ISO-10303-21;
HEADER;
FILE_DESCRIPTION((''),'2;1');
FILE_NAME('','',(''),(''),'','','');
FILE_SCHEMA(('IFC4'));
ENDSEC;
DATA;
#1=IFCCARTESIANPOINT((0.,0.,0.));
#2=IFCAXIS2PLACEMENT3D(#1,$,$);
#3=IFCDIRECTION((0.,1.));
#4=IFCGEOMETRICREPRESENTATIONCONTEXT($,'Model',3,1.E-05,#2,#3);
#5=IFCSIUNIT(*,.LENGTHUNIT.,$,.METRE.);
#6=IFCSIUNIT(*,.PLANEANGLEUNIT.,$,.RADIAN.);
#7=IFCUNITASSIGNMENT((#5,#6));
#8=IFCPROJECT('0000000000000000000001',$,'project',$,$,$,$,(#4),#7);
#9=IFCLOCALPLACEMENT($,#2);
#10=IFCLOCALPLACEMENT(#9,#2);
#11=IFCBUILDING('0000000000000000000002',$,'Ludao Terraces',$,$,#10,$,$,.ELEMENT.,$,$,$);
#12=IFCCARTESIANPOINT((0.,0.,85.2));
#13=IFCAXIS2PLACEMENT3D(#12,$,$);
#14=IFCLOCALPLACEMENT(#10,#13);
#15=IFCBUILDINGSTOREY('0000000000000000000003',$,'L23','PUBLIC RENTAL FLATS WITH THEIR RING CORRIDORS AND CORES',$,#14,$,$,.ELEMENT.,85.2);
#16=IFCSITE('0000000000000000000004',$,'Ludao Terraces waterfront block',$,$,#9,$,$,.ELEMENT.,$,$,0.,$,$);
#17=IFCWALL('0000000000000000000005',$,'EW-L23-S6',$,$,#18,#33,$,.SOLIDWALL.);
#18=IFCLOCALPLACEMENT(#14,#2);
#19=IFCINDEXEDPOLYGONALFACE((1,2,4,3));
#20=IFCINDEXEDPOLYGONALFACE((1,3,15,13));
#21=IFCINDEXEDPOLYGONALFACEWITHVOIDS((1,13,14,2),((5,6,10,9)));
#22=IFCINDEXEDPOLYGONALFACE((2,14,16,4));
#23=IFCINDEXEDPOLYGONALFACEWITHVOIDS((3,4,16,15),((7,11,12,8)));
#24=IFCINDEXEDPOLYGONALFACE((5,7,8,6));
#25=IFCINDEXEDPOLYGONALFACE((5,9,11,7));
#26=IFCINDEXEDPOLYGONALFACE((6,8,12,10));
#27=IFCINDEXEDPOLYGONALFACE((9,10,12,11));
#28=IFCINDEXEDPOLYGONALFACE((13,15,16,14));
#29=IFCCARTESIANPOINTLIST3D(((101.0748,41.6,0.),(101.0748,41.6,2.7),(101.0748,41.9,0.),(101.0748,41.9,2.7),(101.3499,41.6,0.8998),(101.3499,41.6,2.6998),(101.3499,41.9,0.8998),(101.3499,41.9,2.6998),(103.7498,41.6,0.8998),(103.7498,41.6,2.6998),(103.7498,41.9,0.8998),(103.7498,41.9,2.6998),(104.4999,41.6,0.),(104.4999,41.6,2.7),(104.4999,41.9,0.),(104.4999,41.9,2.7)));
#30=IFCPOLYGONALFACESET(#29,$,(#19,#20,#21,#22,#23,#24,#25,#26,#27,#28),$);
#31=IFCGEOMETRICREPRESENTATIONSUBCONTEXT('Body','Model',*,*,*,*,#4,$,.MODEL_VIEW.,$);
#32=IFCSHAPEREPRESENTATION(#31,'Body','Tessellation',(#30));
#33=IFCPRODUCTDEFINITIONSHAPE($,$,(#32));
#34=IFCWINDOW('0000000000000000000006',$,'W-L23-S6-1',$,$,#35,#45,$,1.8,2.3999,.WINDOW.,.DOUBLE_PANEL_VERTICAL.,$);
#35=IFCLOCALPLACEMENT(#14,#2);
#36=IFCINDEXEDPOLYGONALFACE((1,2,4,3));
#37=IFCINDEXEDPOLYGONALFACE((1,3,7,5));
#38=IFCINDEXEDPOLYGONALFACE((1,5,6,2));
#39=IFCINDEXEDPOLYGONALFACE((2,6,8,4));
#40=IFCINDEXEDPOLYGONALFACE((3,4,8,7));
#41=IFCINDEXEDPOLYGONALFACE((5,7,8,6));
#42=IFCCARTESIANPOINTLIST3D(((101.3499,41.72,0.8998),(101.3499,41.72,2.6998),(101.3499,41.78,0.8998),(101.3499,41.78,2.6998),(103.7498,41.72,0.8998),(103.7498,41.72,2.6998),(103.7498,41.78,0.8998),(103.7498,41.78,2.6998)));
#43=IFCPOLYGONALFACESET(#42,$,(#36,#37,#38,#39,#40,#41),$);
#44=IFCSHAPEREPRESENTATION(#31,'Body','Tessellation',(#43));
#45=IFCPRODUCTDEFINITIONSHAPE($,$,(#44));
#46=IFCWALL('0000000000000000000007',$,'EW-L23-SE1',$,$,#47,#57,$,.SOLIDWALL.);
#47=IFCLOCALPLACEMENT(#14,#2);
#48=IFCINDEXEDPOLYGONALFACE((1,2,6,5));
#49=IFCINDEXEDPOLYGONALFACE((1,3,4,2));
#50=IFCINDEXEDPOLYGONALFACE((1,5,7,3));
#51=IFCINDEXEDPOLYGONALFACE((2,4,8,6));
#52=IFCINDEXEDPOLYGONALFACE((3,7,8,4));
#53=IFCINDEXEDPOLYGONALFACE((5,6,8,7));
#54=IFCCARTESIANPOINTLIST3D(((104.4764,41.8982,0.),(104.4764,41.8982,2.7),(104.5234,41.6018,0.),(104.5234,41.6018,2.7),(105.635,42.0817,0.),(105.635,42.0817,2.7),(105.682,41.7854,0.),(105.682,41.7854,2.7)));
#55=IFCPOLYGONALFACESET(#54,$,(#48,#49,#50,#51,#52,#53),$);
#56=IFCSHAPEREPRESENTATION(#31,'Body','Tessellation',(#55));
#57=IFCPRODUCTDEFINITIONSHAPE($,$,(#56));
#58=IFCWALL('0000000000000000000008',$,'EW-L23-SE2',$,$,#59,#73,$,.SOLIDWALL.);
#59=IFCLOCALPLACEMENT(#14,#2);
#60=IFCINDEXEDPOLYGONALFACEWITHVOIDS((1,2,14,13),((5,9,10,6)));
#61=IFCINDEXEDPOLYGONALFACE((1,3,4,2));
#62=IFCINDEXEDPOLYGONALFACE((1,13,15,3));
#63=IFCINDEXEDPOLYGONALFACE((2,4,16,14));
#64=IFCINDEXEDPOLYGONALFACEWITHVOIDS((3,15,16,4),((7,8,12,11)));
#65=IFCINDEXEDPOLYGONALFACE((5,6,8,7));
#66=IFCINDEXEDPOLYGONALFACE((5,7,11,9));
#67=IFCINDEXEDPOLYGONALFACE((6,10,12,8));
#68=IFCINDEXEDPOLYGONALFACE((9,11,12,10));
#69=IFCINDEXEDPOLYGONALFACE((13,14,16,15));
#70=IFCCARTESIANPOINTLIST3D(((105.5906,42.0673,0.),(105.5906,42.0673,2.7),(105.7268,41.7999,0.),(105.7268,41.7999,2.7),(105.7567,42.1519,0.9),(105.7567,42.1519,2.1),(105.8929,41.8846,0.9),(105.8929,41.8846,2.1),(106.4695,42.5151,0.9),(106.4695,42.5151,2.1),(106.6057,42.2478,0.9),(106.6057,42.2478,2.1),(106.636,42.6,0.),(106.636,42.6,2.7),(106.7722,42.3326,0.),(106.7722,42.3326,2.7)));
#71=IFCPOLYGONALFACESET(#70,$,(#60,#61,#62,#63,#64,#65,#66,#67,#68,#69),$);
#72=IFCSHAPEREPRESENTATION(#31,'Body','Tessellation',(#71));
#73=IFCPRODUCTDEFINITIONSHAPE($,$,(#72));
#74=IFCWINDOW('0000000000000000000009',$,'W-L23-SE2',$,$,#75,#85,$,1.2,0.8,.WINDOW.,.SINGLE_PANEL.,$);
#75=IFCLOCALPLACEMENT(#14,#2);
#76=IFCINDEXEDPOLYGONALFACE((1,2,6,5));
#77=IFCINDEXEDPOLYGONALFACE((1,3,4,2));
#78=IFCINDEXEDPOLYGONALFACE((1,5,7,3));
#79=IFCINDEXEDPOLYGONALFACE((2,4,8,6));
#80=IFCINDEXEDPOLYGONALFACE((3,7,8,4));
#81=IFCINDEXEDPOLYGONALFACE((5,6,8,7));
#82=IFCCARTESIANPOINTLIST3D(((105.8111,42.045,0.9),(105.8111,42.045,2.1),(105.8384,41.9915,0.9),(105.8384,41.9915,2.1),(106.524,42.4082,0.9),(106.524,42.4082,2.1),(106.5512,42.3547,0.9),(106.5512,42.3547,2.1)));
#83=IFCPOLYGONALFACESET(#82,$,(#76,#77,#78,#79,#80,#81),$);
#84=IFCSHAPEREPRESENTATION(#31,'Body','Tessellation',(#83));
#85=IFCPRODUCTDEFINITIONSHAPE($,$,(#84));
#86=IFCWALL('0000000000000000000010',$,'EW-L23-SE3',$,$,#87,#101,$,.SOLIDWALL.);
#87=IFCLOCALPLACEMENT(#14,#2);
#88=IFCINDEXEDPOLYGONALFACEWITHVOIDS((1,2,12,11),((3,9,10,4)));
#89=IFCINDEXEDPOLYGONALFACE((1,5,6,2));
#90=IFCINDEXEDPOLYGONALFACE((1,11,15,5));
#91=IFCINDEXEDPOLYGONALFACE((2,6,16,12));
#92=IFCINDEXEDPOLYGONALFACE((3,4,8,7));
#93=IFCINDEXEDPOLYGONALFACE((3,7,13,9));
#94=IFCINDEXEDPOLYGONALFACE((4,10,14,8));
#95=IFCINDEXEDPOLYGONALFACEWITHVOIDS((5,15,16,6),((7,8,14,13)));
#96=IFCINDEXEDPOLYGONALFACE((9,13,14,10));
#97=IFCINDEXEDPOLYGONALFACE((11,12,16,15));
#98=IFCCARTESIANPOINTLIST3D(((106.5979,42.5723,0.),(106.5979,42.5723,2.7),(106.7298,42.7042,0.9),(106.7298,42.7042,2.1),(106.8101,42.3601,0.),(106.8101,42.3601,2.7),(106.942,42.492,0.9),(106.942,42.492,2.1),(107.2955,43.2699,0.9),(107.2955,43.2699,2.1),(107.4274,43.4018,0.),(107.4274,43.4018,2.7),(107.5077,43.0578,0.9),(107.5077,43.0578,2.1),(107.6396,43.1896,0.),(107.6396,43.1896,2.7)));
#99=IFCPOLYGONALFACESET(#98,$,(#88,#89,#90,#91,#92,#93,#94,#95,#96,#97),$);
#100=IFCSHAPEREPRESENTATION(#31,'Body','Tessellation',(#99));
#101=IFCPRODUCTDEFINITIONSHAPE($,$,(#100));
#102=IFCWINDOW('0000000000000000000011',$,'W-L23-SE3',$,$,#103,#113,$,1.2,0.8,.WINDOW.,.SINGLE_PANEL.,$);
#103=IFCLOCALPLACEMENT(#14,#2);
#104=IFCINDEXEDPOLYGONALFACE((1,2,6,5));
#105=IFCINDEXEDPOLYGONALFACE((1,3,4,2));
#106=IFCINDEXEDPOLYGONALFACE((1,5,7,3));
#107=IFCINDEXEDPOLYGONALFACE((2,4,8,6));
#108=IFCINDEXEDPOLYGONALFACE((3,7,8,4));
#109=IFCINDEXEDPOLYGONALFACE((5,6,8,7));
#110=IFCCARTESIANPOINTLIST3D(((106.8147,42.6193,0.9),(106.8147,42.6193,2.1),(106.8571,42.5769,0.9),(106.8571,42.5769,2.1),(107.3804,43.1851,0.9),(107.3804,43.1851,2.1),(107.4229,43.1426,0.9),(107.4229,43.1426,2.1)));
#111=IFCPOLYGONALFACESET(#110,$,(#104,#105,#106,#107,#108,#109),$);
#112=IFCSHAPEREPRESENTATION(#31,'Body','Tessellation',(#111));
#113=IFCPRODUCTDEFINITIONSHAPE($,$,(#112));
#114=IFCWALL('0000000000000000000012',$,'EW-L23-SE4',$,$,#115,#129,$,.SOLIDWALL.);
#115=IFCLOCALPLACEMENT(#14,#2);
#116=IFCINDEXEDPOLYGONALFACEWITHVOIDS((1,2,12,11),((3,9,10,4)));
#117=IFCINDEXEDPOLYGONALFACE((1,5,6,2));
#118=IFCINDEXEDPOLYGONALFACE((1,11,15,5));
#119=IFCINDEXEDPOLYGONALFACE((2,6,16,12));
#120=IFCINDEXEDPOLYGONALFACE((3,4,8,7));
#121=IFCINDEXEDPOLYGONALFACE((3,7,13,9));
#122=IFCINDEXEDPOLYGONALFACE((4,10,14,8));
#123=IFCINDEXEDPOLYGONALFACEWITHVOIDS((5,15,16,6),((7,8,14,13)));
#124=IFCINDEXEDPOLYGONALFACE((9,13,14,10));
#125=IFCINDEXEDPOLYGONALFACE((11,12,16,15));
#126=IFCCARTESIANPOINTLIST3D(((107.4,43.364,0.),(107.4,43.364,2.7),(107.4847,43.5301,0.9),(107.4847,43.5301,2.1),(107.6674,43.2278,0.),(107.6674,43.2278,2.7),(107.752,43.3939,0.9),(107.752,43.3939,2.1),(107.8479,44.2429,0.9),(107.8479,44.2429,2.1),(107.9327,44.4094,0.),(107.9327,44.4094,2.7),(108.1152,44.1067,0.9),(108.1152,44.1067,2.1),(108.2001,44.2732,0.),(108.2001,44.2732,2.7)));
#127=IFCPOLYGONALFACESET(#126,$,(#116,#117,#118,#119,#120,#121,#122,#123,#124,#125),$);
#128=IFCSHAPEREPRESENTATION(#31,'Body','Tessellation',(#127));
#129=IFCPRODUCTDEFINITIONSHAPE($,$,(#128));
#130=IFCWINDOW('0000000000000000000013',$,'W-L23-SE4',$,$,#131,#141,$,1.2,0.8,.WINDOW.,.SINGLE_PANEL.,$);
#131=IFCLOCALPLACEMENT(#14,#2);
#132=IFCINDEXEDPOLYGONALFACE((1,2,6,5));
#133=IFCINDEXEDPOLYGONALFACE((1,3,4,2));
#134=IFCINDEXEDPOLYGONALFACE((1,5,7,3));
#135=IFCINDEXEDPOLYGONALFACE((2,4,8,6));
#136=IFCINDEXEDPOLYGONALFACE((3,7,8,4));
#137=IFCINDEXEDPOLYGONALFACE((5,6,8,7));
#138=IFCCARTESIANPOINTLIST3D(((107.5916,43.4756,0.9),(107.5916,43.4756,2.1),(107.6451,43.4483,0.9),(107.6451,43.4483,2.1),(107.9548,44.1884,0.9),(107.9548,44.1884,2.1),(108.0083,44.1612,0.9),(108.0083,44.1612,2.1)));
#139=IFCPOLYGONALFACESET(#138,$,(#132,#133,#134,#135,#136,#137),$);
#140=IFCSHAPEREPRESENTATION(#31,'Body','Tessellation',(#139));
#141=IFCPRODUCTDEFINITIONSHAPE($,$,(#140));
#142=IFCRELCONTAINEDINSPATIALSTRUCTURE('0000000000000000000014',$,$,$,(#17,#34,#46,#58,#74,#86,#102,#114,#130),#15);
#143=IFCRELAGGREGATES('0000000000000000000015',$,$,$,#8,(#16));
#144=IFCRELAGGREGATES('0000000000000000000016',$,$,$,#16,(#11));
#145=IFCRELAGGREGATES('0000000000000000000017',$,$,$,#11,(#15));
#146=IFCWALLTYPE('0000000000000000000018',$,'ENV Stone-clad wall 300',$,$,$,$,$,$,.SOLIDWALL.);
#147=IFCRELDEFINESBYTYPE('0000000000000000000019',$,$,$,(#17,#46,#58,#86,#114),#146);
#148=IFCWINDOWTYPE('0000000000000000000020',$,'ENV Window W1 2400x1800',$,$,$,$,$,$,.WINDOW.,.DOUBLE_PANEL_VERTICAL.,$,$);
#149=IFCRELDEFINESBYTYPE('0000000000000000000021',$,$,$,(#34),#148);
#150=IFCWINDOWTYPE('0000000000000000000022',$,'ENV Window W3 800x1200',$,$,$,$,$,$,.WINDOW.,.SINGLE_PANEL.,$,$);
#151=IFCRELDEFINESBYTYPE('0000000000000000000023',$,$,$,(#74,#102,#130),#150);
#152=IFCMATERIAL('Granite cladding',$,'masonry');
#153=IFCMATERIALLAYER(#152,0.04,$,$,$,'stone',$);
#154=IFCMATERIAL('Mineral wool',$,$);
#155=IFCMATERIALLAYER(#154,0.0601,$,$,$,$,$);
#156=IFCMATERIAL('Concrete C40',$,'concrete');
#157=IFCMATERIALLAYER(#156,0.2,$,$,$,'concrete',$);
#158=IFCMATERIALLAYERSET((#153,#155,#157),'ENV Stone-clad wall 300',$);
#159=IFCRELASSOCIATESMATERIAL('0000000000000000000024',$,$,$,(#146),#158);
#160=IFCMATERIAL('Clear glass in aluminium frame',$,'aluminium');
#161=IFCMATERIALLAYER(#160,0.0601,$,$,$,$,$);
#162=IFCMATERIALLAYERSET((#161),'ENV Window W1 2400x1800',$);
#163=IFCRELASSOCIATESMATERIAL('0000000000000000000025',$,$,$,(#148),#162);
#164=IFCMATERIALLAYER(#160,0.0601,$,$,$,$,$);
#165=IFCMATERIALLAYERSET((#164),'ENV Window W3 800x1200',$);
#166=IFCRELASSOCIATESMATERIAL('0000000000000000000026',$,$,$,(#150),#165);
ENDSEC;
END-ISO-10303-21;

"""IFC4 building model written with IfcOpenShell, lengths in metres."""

from ifc_helpers import new_model, si_unit, direction, frame, frame_2d, origin, place, context, subcontext, project, spatial, rectangle, extrude, material, layer, layer_set, type_object, element, fill, save


model = new_model("IFC4")

# Units and contexts
model_context = context("Model", 3, precision=1e-05, world=origin(), true_north=direction((0.0, 1.0)))
body_context = subcontext(model_context, "Body", "Model", "MODEL_VIEW")
ifc_project = project(units=[si_unit("LENGTHUNIT", "METRE"), si_unit("PLANEANGLEUNIT", "RADIAN")], contexts=[model_context])

# Site, building, storey
site_placement = place(None, origin())
site = spatial("IfcSite", under=ifc_project, at=site_placement, Name="Ludao Terraces waterfront block", CompositionType="ELEMENT", RefElevation=0.0)
building_placement = place(site_placement, origin())
building = spatial("IfcBuilding", under=site, at=building_placement, Name="Ludao Terraces", CompositionType="ELEMENT")
storey_placement = place(building_placement, frame((0.0, 0.0, 85.2)))
storey = spatial("IfcBuildingStorey", under=building, at=storey_placement, Name="L23", Description="PUBLIC RENTAL FLATS WITH THEIR RING CORRIDORS AND CORES", CompositionType="ELEMENT", Elevation=85.2)

# Wall, opening, window
ifc_material_1 = material(Name="Granite cladding", Category="masonry")
ifc_layer_1 = layer(ifc_material_1, 0.04, Category="stone")
ifc_material_2 = material(Name="Mineral wool")
ifc_layer_2 = layer(ifc_material_2, 0.0601)
ifc_material_3 = material(Name="Concrete C40", Category="concrete")
ifc_layer_3 = layer(ifc_material_3, 0.2, Category="concrete")
ifc_layer_set_1 = layer_set([ifc_layer_1, ifc_layer_2, ifc_layer_3], Name="ENV Stone-clad wall 300")
wall_type_1 = type_object("IfcWallType", Name="ENV Stone-clad wall 300", PredefinedType="SOLIDWALL", material=ifc_layer_set_1)
wall_1_placement = place(storey_placement, frame((101.075, 41.75, 0.0), z_axis=(0.0, 0.0, 1.0), x_axis=(1.0, 0.0, 0.0)))
wall_1 = element("IfcWall", 1, at=wall_1_placement, inside=storey, type_object=wall_type_1, Name="EW-L23-S6", PredefinedType="SOLIDWALL", context=body_context, shape_type="SweptSolid", body=[
    extrude(rectangle(XDim=3.425, YDim=0.3, at=frame_2d((1.7124, 0.0))), origin(), (0.0, 0.0, 1.0), 2.7),
])
opening_1_placement = place(wall_1_placement, frame((0.2749, 0.0, 0.8999)))
opening_1 = element("IfcOpeningElement", 2, at=opening_1_placement, cuts=wall_1, PredefinedType="OPENING", context=body_context, shape_type="SweptSolid", body=[
    extrude(rectangle(XDim=2.3999, YDim=1.8, at=frame_2d((1.2, 0.8999))), frame((0.0, 0.1602, 0.0), z_axis=(0.0, -1.0, 0.0), x_axis=(1.0, 0.0, 0.0)), (0.0, 0.0, 1.0), 0.3201),
])
ifc_material_4 = material(Name="Clear glass in aluminium frame", Category="aluminium")
ifc_layer_4 = layer(ifc_material_4, 0.0601)
ifc_layer_set_2 = layer_set([ifc_layer_4], Name="ENV Window W1 2400x1800")
window_type_1 = type_object("IfcWindowType", Name="ENV Window W1 2400x1800", PartitioningType="DOUBLE_PANEL_VERTICAL", PredefinedType="WINDOW", material=ifc_layer_set_2)
window_1_placement = place(opening_1_placement, origin())
window_1 = element("IfcWindow", 3, at=window_1_placement, inside=storey, type_object=window_type_1, Name="W-L23-S6-1", OverallHeight=1.8, OverallWidth=2.3999, PartitioningType="DOUBLE_PANEL_VERTICAL", PredefinedType="WINDOW", context=body_context, shape_type="SweptSolid", body=[
    extrude(rectangle(XDim=2.3999, YDim=1.8, at=frame_2d((1.2, 0.8999))), frame((0.0, 0.03, 0.0), z_axis=(0.0, -1.0, 0.0), x_axis=(1.0, 0.0, 0.0)), (0.0, 0.0, 1.0), 0.0601),
])
fill(opening_1, window_1)

# Wall
wall_2_placement = place(storey_placement, frame((104.5, 41.75, 0.0), z_axis=(0.0, 0.0, 1.0), x_axis=(0.987678, 0.156497, 0.0)))
element("IfcWall", 4, at=wall_2_placement, inside=storey, type_object=wall_type_1, Name="EW-L23-SE1", PredefinedType="SOLIDWALL", context=body_context, shape_type="SweptSolid", body=[
    extrude(rectangle(XDim=1.1731, YDim=0.3, at=frame_2d((0.5864, 0.0))), origin(), (0.0, 0.0, 1.0), 2.7),
])

# Walls, openings, windows
wall_3_placement = place(storey_placement, frame((105.6587, 41.9336, 0.0), z_axis=(0.0, 0.0, 1.0), x_axis=(0.890989, 0.454026, 0.0)))
wall_3 = element("IfcWall", 5, at=wall_3_placement, inside=storey, type_object=wall_type_1, Name="EW-L23-SE2", PredefinedType="SOLIDWALL", context=body_context, shape_type="SweptSolid", body=[
    extrude(rectangle(XDim=1.1733, YDim=0.3, at=frame_2d((0.5867, 0.0))), origin(), (0.0, 0.0, 1.0), 2.7),
])
opening_2_placement = place(wall_3_placement, frame((0.1865, 0.0, 0.8999)))
opening_2 = element("IfcOpeningElement", 6, at=opening_2_placement, cuts=wall_3, PredefinedType="OPENING", context=body_context, shape_type="SweptSolid", body=[
    extrude(rectangle(XDim=0.8, YDim=1.2, at=frame_2d((0.3999, 0.6001))), frame((0.0, 0.1602, 0.0), z_axis=(0.0, -1.0, 0.0), x_axis=(1.0, 0.0, 0.0)), (0.0, 0.0, 1.0), 0.3201),
])
ifc_layer_5 = layer(ifc_material_4, 0.0601)
ifc_layer_set_3 = layer_set([ifc_layer_5], Name="ENV Window W3 800x1200")
window_type_2 = type_object("IfcWindowType", Name="ENV Window W3 800x1200", PartitioningType="SINGLE_PANEL", PredefinedType="WINDOW", material=ifc_layer_set_3)
window_2_placement = place(opening_2_placement, origin())
window_2 = element("IfcWindow", 7, at=window_2_placement, inside=storey, type_object=window_type_2, Name="W-L23-SE2", OverallHeight=1.2, OverallWidth=0.8, PartitioningType="SINGLE_PANEL", PredefinedType="WINDOW", context=body_context, shape_type="SweptSolid", body=[
    extrude(rectangle(XDim=0.8, YDim=1.2, at=frame_2d((0.3999, 0.6001))), frame((0.0, 0.03, 0.0), z_axis=(0.0, -1.0, 0.0), x_axis=(1.0, 0.0, 0.0)), (0.0, 0.0, 1.0), 0.0601),
])
fill(opening_2, window_2)
wall_4_placement = place(storey_placement, frame((106.7041, 42.4663, 0.0), z_axis=(0.0, 0.0, 1.0), x_axis=(0.707107, 0.707107, 0.0)))
wall_4 = element("IfcWall", 8, at=wall_4_placement, inside=storey, type_object=wall_type_1, Name="EW-L23-SE3", PredefinedType="SOLIDWALL", context=body_context, shape_type="SweptSolid", body=[
    extrude(rectangle(XDim=1.1731, YDim=0.3, at=frame_2d((0.5864, 0.0))), origin(), (0.0, 0.0, 1.0), 2.7),
])
opening_3_placement = place(wall_4_placement, frame((0.1865, 0.0, 0.8999)))
opening_3 = element("IfcOpeningElement", 9, at=opening_3_placement, cuts=wall_4, PredefinedType="OPENING", context=body_context, shape_type="SweptSolid", body=[
    extrude(rectangle(XDim=0.8, YDim=1.2, at=frame_2d((0.3999, 0.6001))), frame((0.0, 0.1602, 0.0), z_axis=(0.0, -1.0, 0.0), x_axis=(1.0, 0.0, 0.0)), (0.0, 0.0, 1.0), 0.3201),
])
window_3_placement = place(opening_3_placement, origin())
window_3 = element("IfcWindow", 10, at=window_3_placement, inside=storey, type_object=window_type_2, Name="W-L23-SE3", OverallHeight=1.2, OverallWidth=0.8, PartitioningType="SINGLE_PANEL", PredefinedType="WINDOW", context=body_context, shape_type="SweptSolid", body=[
    extrude(rectangle(XDim=0.8, YDim=1.2, at=frame_2d((0.3999, 0.6001))), frame((0.0, 0.03, 0.0), z_axis=(0.0, -1.0, 0.0), x_axis=(1.0, 0.0, 0.0)), (0.0, 0.0, 1.0), 0.0601),
])
fill(opening_3, window_3)
wall_5_placement = place(storey_placement, frame((107.5337, 43.2959, 0.0), z_axis=(0.0, 0.0, 1.0), x_axis=(0.454026, 0.890989, 0.0)))
wall_5 = element("IfcWall", 11, at=wall_5_placement, inside=storey, type_object=wall_type_1, Name="EW-L23-SE4", PredefinedType="SOLIDWALL", context=body_context, shape_type="SweptSolid", body=[
    extrude(rectangle(XDim=1.1733, YDim=0.3, at=frame_2d((0.5867, 0.0))), origin(), (0.0, 0.0, 1.0), 2.7),
])
opening_4_placement = place(wall_5_placement, frame((0.1865, 0.0, 0.8999)))
opening_4 = element("IfcOpeningElement", 12, at=opening_4_placement, cuts=wall_5, PredefinedType="OPENING", context=body_context, shape_type="SweptSolid", body=[
    extrude(rectangle(XDim=0.8, YDim=1.2, at=frame_2d((0.3999, 0.6001))), frame((0.0, 0.1602, 0.0), z_axis=(0.0, -1.0, 0.0), x_axis=(1.0, 0.0, 0.0)), (0.0, 0.0, 1.0), 0.3201),
])
window_4_placement = place(opening_4_placement, origin())
window_4 = element("IfcWindow", 13, at=window_4_placement, inside=storey, type_object=window_type_2, Name="W-L23-SE4", OverallHeight=1.2, OverallWidth=0.8, PartitioningType="SINGLE_PANEL", PredefinedType="WINDOW", context=body_context, shape_type="SweptSolid", body=[
    extrude(rectangle(XDim=0.8, YDim=1.2, at=frame_2d((0.3999, 0.6001))), frame((0.0, 0.03, 0.0), z_axis=(0.0, -1.0, 0.0), x_axis=(1.0, 0.0, 0.0)), (0.0, 0.0, 1.0), 0.0601),
])
fill(opening_4, window_4)

save(model, "model.ifc")
